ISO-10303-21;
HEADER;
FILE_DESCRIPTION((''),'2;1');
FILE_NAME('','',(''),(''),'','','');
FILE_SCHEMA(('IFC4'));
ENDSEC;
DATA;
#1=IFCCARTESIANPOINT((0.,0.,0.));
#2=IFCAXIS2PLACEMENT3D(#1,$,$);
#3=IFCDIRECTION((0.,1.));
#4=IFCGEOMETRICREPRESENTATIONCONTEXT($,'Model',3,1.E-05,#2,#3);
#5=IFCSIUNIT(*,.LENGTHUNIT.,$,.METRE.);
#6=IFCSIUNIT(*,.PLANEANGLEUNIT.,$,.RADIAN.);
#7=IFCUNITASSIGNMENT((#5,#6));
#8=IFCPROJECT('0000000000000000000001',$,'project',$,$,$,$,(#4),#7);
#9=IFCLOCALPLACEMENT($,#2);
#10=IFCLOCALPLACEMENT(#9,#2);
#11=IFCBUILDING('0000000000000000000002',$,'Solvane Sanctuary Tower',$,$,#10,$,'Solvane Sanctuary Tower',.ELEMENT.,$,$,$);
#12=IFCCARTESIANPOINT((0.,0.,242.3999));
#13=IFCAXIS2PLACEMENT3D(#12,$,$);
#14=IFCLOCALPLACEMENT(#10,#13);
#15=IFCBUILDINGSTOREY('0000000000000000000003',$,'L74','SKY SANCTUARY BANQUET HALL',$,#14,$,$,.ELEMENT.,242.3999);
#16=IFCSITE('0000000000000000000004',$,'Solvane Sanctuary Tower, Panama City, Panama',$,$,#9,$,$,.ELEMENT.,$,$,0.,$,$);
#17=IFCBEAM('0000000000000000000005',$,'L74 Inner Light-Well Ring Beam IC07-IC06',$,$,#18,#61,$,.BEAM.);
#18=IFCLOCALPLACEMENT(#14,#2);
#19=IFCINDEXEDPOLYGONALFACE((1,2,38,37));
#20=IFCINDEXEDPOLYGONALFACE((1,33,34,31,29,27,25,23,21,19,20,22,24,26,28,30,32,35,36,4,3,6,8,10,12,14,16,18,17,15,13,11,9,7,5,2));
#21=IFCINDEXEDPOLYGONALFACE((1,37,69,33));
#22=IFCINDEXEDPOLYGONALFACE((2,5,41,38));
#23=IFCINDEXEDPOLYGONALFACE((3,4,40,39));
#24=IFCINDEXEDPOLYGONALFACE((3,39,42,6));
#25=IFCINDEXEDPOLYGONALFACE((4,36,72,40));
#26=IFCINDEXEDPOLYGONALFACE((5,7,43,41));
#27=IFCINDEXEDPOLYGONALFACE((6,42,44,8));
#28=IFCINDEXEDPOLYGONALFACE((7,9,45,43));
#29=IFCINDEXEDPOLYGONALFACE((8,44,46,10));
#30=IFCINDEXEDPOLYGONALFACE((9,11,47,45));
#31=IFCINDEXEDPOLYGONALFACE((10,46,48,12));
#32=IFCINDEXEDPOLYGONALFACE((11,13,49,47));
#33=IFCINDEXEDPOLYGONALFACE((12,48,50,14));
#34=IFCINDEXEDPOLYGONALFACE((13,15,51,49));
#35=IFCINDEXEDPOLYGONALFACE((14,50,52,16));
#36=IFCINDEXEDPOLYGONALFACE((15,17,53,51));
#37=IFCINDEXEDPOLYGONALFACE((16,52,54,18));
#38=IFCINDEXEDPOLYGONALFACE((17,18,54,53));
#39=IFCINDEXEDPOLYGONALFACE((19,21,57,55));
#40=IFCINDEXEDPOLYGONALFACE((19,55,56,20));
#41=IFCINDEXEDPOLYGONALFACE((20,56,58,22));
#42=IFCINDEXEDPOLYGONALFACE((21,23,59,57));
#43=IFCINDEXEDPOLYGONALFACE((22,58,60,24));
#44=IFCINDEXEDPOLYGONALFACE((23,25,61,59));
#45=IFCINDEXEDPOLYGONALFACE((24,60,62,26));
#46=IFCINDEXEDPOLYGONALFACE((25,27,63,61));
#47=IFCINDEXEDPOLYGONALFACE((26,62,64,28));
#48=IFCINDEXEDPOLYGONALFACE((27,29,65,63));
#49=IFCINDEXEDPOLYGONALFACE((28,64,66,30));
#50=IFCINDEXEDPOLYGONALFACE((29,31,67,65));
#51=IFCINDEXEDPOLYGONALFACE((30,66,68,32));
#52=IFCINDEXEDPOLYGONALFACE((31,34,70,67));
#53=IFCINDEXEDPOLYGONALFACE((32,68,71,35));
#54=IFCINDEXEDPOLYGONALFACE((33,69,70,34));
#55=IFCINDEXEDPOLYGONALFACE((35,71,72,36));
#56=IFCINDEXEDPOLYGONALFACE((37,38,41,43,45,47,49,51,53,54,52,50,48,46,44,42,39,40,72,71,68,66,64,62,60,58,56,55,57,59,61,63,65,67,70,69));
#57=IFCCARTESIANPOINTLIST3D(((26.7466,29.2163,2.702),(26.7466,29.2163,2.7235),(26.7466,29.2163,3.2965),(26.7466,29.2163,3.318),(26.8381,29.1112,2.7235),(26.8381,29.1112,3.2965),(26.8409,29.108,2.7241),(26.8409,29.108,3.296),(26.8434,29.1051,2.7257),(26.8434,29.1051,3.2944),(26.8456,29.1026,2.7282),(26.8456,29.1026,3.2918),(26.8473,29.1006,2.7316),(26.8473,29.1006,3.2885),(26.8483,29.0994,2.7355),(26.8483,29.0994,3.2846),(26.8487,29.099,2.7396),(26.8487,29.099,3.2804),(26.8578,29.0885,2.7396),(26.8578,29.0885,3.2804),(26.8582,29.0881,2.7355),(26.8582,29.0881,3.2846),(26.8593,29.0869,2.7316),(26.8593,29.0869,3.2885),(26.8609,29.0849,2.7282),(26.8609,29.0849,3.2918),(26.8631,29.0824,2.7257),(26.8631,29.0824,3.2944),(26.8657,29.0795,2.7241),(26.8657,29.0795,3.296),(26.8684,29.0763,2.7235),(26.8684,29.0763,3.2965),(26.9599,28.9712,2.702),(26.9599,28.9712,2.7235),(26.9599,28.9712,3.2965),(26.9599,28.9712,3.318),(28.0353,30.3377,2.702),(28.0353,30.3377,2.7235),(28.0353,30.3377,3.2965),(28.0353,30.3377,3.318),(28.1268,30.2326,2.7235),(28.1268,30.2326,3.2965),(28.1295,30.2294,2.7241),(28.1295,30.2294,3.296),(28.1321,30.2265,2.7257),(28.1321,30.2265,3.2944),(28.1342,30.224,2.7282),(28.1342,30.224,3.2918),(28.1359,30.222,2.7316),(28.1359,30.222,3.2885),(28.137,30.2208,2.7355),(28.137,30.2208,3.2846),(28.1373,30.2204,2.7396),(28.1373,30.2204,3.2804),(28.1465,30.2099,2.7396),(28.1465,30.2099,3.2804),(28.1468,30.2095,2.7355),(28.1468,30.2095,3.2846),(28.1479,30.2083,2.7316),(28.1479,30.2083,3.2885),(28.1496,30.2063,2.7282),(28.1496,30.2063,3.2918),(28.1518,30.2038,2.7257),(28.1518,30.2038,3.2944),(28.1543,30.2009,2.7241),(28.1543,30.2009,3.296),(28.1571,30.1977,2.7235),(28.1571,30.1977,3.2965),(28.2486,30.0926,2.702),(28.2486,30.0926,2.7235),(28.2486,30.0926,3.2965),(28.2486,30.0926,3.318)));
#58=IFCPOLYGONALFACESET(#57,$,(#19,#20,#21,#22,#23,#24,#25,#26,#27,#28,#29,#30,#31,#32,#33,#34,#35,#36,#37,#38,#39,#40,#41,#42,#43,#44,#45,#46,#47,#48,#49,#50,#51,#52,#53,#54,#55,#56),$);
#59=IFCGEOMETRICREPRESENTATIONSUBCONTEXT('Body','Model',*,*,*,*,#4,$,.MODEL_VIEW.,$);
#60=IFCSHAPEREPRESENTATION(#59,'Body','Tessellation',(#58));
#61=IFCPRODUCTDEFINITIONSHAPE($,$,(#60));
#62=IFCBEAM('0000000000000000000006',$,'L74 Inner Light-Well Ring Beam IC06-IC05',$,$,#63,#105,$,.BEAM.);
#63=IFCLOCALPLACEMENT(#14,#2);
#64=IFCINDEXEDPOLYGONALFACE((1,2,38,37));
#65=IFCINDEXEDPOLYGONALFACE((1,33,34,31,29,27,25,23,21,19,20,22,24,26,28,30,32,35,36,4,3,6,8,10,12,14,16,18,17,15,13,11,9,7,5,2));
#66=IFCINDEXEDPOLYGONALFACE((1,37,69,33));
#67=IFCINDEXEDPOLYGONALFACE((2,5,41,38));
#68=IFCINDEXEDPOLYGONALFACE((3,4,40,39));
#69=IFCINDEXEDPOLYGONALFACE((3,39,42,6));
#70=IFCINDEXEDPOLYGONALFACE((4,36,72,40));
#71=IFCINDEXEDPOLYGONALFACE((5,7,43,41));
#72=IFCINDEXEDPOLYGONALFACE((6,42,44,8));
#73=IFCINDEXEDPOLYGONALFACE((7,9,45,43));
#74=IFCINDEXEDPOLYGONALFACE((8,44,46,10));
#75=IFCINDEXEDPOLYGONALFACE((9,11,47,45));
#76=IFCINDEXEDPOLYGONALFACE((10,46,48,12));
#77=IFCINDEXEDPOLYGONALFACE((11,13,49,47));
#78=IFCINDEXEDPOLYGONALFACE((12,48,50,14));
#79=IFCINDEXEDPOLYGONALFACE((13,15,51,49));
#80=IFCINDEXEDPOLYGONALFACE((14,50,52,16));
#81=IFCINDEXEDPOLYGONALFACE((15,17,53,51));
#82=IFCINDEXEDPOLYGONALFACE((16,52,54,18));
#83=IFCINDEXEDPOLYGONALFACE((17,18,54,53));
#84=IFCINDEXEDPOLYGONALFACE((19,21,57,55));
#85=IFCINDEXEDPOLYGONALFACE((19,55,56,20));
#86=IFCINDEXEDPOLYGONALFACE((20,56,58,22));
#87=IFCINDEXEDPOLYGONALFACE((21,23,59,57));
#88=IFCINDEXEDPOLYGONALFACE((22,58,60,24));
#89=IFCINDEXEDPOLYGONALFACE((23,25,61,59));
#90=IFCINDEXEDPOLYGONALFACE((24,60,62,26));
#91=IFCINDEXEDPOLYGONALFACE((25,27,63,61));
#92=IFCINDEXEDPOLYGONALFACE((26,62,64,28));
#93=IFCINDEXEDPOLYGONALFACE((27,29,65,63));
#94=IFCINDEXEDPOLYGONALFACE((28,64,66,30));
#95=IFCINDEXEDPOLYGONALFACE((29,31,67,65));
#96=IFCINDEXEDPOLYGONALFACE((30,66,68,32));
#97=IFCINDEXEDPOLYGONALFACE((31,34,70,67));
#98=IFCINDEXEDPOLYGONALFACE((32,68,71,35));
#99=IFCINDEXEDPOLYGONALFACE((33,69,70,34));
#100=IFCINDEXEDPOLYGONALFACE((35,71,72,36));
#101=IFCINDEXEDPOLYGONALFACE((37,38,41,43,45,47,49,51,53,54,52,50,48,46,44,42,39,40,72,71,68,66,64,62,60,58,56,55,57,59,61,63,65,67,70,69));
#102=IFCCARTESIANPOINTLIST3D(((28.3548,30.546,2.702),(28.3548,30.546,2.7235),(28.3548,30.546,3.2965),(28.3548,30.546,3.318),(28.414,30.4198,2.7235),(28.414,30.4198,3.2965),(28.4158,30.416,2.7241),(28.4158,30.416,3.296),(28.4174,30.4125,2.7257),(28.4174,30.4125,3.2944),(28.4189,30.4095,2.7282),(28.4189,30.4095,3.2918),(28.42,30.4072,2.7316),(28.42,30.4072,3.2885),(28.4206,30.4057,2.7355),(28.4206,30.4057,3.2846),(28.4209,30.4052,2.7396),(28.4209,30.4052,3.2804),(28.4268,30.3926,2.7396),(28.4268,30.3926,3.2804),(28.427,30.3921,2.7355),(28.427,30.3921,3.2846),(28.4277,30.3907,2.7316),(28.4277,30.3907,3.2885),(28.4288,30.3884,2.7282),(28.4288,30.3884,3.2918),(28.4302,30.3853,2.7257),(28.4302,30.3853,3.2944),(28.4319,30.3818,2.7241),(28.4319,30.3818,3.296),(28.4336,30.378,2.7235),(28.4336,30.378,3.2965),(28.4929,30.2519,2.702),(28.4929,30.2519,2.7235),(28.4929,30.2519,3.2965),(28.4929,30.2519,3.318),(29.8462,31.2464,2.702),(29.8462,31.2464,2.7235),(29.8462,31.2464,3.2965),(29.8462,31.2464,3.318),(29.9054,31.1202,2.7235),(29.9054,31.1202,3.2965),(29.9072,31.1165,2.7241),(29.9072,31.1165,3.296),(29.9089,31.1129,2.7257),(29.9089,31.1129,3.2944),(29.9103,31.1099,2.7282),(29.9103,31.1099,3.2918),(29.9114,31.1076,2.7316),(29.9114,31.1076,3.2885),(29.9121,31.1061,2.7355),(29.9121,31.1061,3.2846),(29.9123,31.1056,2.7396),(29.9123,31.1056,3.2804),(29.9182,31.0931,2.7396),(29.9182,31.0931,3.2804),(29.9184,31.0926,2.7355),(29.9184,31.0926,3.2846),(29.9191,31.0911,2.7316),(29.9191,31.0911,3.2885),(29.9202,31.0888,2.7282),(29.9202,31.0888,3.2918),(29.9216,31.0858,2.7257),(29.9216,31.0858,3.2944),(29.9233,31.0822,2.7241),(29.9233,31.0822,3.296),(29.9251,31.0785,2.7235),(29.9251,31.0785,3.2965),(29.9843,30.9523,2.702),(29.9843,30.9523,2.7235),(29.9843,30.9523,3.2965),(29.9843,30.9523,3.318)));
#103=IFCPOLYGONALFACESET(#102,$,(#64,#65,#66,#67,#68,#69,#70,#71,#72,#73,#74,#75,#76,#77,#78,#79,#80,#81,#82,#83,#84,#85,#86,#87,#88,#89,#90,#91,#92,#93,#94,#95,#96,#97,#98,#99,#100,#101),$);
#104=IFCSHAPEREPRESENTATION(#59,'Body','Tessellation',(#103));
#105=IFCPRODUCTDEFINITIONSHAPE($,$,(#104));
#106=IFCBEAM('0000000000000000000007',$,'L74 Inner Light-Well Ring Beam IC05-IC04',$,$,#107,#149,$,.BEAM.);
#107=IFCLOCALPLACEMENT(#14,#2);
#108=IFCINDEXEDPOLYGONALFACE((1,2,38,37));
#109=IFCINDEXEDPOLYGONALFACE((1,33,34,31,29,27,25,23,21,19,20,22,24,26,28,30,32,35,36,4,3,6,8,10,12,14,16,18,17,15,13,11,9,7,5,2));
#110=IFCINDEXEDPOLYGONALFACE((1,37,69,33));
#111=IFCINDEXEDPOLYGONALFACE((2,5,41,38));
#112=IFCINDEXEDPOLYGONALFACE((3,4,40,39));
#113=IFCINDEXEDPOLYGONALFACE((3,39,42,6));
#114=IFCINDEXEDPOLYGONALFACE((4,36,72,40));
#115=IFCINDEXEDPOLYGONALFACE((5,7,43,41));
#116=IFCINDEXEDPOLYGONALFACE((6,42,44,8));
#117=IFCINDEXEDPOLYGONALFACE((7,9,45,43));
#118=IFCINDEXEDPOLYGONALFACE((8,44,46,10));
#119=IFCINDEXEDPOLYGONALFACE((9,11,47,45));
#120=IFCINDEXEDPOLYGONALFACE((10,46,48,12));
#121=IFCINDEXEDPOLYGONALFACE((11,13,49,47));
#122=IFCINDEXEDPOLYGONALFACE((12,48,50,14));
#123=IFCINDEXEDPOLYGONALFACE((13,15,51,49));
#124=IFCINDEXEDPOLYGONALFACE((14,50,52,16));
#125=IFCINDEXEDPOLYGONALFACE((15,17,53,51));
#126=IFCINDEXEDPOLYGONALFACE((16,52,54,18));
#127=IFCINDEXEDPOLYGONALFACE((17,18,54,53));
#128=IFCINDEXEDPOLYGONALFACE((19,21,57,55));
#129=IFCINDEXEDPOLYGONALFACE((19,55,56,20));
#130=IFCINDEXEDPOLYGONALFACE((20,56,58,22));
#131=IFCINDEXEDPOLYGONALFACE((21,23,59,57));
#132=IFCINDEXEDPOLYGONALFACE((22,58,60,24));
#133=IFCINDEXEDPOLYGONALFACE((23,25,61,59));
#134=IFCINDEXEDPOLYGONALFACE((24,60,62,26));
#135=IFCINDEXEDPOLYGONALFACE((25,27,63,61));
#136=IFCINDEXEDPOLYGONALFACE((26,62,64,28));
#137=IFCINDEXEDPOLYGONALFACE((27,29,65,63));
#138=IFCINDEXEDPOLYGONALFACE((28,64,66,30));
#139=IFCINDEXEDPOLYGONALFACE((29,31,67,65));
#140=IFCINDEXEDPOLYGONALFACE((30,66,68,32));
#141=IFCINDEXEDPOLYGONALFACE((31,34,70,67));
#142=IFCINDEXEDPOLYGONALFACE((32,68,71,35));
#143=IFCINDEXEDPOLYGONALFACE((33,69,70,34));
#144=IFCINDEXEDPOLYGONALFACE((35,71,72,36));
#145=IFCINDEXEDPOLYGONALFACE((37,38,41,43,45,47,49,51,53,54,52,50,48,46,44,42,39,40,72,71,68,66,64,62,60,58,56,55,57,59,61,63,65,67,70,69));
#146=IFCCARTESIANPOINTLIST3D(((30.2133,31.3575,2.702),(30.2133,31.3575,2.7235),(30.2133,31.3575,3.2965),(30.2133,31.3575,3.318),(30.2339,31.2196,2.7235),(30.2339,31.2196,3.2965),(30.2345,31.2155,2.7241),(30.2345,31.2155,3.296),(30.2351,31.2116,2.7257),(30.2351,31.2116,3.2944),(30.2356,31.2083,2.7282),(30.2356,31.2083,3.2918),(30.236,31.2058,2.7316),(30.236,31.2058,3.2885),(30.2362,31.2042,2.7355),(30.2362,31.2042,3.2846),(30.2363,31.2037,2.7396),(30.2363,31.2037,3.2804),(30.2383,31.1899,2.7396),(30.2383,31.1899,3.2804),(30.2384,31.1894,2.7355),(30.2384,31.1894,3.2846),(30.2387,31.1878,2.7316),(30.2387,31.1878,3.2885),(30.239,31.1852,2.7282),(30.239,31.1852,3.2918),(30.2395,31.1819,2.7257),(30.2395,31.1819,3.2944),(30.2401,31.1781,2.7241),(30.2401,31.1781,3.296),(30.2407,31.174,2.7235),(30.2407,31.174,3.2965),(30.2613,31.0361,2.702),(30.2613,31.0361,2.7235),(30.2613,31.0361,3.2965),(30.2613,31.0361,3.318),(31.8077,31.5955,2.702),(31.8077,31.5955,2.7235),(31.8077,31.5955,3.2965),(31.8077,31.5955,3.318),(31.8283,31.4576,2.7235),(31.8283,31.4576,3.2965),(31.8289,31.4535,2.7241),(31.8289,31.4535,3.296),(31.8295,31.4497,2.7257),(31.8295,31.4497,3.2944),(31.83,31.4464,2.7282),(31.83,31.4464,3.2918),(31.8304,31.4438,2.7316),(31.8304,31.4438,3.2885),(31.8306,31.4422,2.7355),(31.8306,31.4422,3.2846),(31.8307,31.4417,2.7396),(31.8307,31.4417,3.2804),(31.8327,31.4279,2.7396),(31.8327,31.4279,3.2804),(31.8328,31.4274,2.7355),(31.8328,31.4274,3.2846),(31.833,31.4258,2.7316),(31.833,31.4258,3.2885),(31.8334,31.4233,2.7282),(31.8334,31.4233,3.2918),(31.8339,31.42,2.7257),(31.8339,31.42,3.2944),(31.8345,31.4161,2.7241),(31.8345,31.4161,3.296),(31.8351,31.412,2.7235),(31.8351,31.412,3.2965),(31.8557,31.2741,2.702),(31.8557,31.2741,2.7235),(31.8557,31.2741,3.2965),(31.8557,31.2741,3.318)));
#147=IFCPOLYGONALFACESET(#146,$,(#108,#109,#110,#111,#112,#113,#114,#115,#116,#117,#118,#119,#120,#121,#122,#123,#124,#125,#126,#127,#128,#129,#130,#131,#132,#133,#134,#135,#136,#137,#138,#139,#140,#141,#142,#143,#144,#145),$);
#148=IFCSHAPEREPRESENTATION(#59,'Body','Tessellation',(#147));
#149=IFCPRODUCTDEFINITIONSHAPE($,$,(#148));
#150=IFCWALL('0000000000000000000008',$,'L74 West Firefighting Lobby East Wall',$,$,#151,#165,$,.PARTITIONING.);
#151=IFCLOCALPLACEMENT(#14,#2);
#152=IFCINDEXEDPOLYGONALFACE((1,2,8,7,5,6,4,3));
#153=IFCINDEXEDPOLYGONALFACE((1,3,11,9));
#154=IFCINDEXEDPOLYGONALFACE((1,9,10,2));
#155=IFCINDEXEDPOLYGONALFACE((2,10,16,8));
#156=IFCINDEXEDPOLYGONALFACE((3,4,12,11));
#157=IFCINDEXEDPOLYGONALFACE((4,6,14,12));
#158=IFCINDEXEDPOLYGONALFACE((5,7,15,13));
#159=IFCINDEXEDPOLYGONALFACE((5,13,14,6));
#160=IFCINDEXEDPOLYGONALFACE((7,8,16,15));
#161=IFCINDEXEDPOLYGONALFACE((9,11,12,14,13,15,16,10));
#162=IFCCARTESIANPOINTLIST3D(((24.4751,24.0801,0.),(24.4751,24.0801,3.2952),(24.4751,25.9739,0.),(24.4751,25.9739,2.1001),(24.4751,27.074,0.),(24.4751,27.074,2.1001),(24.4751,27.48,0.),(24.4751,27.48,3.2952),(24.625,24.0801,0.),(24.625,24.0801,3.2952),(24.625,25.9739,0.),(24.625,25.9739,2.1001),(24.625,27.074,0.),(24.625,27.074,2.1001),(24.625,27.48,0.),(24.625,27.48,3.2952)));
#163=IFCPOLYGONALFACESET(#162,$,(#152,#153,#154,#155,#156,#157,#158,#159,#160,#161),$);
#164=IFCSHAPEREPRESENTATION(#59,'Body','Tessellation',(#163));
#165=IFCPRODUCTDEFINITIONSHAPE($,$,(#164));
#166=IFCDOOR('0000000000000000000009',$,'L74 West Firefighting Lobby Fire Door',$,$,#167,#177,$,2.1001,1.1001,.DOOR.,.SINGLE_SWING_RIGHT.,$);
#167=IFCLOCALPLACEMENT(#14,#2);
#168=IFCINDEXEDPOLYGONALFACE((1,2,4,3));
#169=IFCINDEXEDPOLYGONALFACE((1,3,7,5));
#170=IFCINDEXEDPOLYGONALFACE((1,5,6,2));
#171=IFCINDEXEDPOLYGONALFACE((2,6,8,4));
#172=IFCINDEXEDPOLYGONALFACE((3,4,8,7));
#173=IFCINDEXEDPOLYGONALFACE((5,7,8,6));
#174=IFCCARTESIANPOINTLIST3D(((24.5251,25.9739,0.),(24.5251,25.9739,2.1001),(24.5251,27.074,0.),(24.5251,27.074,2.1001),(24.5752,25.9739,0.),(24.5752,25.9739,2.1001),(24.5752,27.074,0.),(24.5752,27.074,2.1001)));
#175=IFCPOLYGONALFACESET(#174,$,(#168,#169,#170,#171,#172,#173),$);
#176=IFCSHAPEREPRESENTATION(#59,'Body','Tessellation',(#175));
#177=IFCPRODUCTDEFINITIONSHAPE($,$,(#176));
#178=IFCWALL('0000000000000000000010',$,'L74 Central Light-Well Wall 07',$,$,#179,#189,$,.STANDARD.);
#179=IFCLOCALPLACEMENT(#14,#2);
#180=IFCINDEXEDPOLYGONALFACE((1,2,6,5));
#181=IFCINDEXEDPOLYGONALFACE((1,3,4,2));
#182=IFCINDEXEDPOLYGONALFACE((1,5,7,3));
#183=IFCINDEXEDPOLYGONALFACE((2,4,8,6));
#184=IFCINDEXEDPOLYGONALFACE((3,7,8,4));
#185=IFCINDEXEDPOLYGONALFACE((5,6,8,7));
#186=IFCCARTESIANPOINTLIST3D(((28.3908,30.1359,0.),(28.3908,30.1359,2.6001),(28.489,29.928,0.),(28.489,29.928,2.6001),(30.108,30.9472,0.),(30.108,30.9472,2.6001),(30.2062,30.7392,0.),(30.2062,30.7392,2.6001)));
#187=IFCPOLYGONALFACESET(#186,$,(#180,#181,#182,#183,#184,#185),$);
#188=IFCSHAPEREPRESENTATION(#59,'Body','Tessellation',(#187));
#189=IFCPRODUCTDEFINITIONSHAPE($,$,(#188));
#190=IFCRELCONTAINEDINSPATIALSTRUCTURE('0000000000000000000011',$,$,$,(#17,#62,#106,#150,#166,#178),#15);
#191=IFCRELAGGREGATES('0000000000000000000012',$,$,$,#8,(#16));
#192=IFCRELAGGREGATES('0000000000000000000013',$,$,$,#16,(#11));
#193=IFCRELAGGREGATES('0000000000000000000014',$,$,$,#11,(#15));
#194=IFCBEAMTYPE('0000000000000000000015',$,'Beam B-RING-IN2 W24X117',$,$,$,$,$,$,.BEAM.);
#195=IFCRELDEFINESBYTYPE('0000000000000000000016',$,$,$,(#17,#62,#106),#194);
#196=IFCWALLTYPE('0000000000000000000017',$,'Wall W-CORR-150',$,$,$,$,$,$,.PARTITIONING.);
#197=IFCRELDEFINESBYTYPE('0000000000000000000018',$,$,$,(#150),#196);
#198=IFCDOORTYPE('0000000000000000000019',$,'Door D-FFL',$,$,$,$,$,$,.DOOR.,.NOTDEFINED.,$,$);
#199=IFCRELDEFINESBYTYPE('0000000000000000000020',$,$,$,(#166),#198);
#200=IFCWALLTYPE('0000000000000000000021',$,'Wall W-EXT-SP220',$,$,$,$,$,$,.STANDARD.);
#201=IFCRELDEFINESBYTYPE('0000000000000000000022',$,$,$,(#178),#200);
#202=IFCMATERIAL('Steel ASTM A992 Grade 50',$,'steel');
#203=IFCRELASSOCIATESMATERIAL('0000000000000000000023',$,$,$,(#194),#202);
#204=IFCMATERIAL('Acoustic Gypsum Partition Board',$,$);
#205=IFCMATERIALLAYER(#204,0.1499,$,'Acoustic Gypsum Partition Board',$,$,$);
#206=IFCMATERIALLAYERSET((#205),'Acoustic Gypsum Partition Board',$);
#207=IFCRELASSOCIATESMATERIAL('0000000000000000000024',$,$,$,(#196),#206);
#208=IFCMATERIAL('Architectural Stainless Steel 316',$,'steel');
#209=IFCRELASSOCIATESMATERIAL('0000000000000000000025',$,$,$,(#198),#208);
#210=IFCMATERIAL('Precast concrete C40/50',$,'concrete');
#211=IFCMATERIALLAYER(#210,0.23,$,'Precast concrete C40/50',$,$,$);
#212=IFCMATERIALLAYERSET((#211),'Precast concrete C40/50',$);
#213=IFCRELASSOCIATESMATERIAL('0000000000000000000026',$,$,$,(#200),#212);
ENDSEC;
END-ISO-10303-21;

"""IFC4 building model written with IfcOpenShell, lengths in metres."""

from ifc_helpers import new_model, si_unit, direction, frame, frame_2d, origin, origin_2d, place, context, subcontext, project, spatial, rectangle, i_section, extrude, material, layer, layer_set, material_profile, profile_set, type_object, element, fill, save


model = new_model("IFC4")

# Units and contexts
model_context = context("Model", 3, precision=1e-05, world=origin(), true_north=direction((0.0, 1.0)))
body_context = subcontext(model_context, "Body", "Model", "MODEL_VIEW")
ifc_project = project(units=[si_unit("LENGTHUNIT", "METRE"), si_unit("PLANEANGLEUNIT", "RADIAN")], contexts=[model_context])

# Site, building, storey
site_placement = place(None, origin())
site = spatial("IfcSite", under=ifc_project, at=site_placement, Name="Solvane Sanctuary Tower, Panama City, Panama", CompositionType="ELEMENT", RefElevation=0.0)
building_placement = place(site_placement, origin())
building = spatial("IfcBuilding", under=site, at=building_placement, Name="Solvane Sanctuary Tower", LongName="Solvane Sanctuary Tower", CompositionType="ELEMENT")
storey_placement = place(building_placement, frame((0.0, 0.0, 242.3999)))
storey = spatial("IfcBuildingStorey", under=building, at=storey_placement, Name="L74", Description="SKY SANCTUARY BANQUET HALL", CompositionType="ELEMENT", Elevation=242.3999)

# Beams
ifc_material_1 = material(Name="Steel ASTM A992 Grade 50", Category="steel")
ifc_material_profile_1 = material_profile(ifc_material_1, i_section(OverallWidth=0.325, OverallDepth=0.616, WebThickness=0.0139, FlangeThickness=0.0215, FilletRadius=0.0161, at=origin_2d()), Name="W24X117")
ifc_profile_set_1 = profile_set([ifc_material_profile_1], Name="Steel ASTM A992 Grade 50")
beam_type_1 = type_object("IfcBeamType", Name="Beam B-RING-IN2 W24X117", PredefinedType="BEAM", material=ifc_profile_set_1)
beam_1_placement = place(storey_placement, frame((26.8533, 29.0938, 3.01), z_axis=(0.754362, 0.656458, 0.0), x_axis=(-0.656458, 0.754362, 0.0)))
element("IfcBeam", 1, at=beam_1_placement, inside=storey, type_object=beam_type_1, Name="L74 Inner Light-Well Ring Beam IC07-IC06", PredefinedType="BEAM", context=body_context, shape_type="SweptSolid", body=[
    extrude(i_section(OverallWidth=0.325, OverallDepth=0.616, WebThickness=0.0139, FlangeThickness=0.0215, FilletRadius=0.0161, at=origin_2d()), origin(), (0.0, 0.0, 1.0), 1.7083),
])
beam_2_placement = place(storey_placement, frame((28.4238, 30.3989, 3.01), z_axis=(0.905151, 0.42509, 0.0), x_axis=(-0.42509, 0.905151, 0.0)))
element("IfcBeam", 2, at=beam_2_placement, inside=storey, type_object=beam_type_1, Name="L74 Inner Light-Well Ring Beam IC06-IC05", PredefinedType="BEAM", context=body_context, shape_type="SweptSolid", body=[
    extrude(i_section(OverallWidth=0.325, OverallDepth=0.616, WebThickness=0.0139, FlangeThickness=0.0215, FilletRadius=0.0161, at=origin_2d()), origin(), (0.0, 0.0, 1.0), 1.6477),
])
beam_3_placement = place(storey_placement, frame((30.2373, 31.1968, 3.01), z_axis=(0.989039, 0.147652, 0.0), x_axis=(-0.147652, 0.989039, 0.0)))
element("IfcBeam", 3, at=beam_3_placement, inside=storey, type_object=beam_type_1, Name="L74 Inner Light-Well Ring Beam IC05-IC04", PredefinedType="BEAM", context=body_context, shape_type="SweptSolid", body=[
    extrude(i_section(OverallWidth=0.325, OverallDepth=0.616, WebThickness=0.0139, FlangeThickness=0.0215, FilletRadius=0.0161, at=origin_2d()), origin(), (0.0, 0.0, 1.0), 1.6121),
])

# Wall, opening, door
ifc_material_2 = material(Name="Acoustic Gypsum Partition Board")
ifc_layer_1 = layer(ifc_material_2, 0.1499, Name="Acoustic Gypsum Partition Board")
ifc_layer_set_1 = layer_set([ifc_layer_1], Name="Acoustic Gypsum Partition Board")
wall_type_1 = type_object("IfcWallType", Name="Wall W-CORR-150", PredefinedType="PARTITIONING", material=ifc_layer_set_1)
wall_1_placement = place(storey_placement, frame((24.55, 24.0801, 0.0), z_axis=(0.0, 0.0, 1.0), x_axis=(0.0, 1.0, 0.0)))
wall_1 = element("IfcWall", 4, at=wall_1_placement, inside=storey, type_object=wall_type_1, Name="L74 West Firefighting Lobby East Wall", PredefinedType="PARTITIONING", context=body_context, shape_type="SweptSolid", body=[
    extrude(rectangle(XDim=3.3999, YDim=0.1499, at=frame_2d((1.7, 0.0))), origin(), (0.0, 0.0, 1.0), 3.2952),
])
opening_1_placement = place(wall_1_placement, frame((1.8938, 0.0, 0.0)))
opening_1 = element("IfcOpeningElement", 5, at=opening_1_placement, cuts=wall_1, PredefinedType="OPENING", context=body_context, shape_type="SweptSolid", body=[
    extrude(rectangle(XDim=1.1001, YDim=2.1001, at=frame_2d((0.55, 1.05))), frame((0.0, 0.085, 0.0), z_axis=(0.0, -1.0, 0.0), x_axis=(1.0, 0.0, 0.0)), (0.0, 0.0, 1.0), 0.1699),
])
ifc_material_3 = material(Name="Architectural Stainless Steel 316", Category="steel")
door_type = type_object("IfcDoorType", Name="Door D-FFL", OperationType="NOTDEFINED", PredefinedType="DOOR", material=ifc_material_3)
door_placement = place(opening_1_placement, origin())
door = element("IfcDoor", 6, at=door_placement, inside=storey, type_object=door_type, Name="L74 West Firefighting Lobby Fire Door", OperationType="SINGLE_SWING_RIGHT", OverallHeight=2.1001, OverallWidth=1.1001, PredefinedType="DOOR", context=body_context, shape_type="SweptSolid", body=[
    extrude(rectangle(XDim=1.1001, YDim=2.1001, at=frame_2d((0.55, 1.05))), frame((0.0, 0.0249, 0.0), z_axis=(0.0, -1.0, 0.0), x_axis=(1.0, 0.0, 0.0)), (0.0, 0.0, 1.0), 0.05),
])
fill(opening_1, door)

# Wall
ifc_material_4 = material(Name="Precast concrete C40/50", Category="concrete")
ifc_layer_2 = layer(ifc_material_4, 0.23, Name="Precast concrete C40/50")
ifc_layer_set_2 = layer_set([ifc_layer_2], Name="Precast concrete C40/50")
wall_type_2 = type_object("IfcWallType", Name="Wall W-EXT-SP220", PredefinedType="STANDARD", material=ifc_layer_set_2)
wall_2_placement = place(storey_placement, frame((30.1572, 30.8433, 0.0), z_axis=(0.0, 0.0, 1.0), x_axis=(-0.90418, -0.427152, 0.0)))
element("IfcWall", 7, at=wall_2_placement, inside=storey, type_object=wall_type_2, Name="L74 Central Light-Well Wall 07", PredefinedType="STANDARD", context=body_context, shape_type="SweptSolid", body=[
    extrude(rectangle(XDim=1.8992, YDim=0.23, at=frame_2d((0.9497, 0.0))), origin(), (0.0, 0.0, 1.0), 2.6001),
])

save(model, "model.ifc")
